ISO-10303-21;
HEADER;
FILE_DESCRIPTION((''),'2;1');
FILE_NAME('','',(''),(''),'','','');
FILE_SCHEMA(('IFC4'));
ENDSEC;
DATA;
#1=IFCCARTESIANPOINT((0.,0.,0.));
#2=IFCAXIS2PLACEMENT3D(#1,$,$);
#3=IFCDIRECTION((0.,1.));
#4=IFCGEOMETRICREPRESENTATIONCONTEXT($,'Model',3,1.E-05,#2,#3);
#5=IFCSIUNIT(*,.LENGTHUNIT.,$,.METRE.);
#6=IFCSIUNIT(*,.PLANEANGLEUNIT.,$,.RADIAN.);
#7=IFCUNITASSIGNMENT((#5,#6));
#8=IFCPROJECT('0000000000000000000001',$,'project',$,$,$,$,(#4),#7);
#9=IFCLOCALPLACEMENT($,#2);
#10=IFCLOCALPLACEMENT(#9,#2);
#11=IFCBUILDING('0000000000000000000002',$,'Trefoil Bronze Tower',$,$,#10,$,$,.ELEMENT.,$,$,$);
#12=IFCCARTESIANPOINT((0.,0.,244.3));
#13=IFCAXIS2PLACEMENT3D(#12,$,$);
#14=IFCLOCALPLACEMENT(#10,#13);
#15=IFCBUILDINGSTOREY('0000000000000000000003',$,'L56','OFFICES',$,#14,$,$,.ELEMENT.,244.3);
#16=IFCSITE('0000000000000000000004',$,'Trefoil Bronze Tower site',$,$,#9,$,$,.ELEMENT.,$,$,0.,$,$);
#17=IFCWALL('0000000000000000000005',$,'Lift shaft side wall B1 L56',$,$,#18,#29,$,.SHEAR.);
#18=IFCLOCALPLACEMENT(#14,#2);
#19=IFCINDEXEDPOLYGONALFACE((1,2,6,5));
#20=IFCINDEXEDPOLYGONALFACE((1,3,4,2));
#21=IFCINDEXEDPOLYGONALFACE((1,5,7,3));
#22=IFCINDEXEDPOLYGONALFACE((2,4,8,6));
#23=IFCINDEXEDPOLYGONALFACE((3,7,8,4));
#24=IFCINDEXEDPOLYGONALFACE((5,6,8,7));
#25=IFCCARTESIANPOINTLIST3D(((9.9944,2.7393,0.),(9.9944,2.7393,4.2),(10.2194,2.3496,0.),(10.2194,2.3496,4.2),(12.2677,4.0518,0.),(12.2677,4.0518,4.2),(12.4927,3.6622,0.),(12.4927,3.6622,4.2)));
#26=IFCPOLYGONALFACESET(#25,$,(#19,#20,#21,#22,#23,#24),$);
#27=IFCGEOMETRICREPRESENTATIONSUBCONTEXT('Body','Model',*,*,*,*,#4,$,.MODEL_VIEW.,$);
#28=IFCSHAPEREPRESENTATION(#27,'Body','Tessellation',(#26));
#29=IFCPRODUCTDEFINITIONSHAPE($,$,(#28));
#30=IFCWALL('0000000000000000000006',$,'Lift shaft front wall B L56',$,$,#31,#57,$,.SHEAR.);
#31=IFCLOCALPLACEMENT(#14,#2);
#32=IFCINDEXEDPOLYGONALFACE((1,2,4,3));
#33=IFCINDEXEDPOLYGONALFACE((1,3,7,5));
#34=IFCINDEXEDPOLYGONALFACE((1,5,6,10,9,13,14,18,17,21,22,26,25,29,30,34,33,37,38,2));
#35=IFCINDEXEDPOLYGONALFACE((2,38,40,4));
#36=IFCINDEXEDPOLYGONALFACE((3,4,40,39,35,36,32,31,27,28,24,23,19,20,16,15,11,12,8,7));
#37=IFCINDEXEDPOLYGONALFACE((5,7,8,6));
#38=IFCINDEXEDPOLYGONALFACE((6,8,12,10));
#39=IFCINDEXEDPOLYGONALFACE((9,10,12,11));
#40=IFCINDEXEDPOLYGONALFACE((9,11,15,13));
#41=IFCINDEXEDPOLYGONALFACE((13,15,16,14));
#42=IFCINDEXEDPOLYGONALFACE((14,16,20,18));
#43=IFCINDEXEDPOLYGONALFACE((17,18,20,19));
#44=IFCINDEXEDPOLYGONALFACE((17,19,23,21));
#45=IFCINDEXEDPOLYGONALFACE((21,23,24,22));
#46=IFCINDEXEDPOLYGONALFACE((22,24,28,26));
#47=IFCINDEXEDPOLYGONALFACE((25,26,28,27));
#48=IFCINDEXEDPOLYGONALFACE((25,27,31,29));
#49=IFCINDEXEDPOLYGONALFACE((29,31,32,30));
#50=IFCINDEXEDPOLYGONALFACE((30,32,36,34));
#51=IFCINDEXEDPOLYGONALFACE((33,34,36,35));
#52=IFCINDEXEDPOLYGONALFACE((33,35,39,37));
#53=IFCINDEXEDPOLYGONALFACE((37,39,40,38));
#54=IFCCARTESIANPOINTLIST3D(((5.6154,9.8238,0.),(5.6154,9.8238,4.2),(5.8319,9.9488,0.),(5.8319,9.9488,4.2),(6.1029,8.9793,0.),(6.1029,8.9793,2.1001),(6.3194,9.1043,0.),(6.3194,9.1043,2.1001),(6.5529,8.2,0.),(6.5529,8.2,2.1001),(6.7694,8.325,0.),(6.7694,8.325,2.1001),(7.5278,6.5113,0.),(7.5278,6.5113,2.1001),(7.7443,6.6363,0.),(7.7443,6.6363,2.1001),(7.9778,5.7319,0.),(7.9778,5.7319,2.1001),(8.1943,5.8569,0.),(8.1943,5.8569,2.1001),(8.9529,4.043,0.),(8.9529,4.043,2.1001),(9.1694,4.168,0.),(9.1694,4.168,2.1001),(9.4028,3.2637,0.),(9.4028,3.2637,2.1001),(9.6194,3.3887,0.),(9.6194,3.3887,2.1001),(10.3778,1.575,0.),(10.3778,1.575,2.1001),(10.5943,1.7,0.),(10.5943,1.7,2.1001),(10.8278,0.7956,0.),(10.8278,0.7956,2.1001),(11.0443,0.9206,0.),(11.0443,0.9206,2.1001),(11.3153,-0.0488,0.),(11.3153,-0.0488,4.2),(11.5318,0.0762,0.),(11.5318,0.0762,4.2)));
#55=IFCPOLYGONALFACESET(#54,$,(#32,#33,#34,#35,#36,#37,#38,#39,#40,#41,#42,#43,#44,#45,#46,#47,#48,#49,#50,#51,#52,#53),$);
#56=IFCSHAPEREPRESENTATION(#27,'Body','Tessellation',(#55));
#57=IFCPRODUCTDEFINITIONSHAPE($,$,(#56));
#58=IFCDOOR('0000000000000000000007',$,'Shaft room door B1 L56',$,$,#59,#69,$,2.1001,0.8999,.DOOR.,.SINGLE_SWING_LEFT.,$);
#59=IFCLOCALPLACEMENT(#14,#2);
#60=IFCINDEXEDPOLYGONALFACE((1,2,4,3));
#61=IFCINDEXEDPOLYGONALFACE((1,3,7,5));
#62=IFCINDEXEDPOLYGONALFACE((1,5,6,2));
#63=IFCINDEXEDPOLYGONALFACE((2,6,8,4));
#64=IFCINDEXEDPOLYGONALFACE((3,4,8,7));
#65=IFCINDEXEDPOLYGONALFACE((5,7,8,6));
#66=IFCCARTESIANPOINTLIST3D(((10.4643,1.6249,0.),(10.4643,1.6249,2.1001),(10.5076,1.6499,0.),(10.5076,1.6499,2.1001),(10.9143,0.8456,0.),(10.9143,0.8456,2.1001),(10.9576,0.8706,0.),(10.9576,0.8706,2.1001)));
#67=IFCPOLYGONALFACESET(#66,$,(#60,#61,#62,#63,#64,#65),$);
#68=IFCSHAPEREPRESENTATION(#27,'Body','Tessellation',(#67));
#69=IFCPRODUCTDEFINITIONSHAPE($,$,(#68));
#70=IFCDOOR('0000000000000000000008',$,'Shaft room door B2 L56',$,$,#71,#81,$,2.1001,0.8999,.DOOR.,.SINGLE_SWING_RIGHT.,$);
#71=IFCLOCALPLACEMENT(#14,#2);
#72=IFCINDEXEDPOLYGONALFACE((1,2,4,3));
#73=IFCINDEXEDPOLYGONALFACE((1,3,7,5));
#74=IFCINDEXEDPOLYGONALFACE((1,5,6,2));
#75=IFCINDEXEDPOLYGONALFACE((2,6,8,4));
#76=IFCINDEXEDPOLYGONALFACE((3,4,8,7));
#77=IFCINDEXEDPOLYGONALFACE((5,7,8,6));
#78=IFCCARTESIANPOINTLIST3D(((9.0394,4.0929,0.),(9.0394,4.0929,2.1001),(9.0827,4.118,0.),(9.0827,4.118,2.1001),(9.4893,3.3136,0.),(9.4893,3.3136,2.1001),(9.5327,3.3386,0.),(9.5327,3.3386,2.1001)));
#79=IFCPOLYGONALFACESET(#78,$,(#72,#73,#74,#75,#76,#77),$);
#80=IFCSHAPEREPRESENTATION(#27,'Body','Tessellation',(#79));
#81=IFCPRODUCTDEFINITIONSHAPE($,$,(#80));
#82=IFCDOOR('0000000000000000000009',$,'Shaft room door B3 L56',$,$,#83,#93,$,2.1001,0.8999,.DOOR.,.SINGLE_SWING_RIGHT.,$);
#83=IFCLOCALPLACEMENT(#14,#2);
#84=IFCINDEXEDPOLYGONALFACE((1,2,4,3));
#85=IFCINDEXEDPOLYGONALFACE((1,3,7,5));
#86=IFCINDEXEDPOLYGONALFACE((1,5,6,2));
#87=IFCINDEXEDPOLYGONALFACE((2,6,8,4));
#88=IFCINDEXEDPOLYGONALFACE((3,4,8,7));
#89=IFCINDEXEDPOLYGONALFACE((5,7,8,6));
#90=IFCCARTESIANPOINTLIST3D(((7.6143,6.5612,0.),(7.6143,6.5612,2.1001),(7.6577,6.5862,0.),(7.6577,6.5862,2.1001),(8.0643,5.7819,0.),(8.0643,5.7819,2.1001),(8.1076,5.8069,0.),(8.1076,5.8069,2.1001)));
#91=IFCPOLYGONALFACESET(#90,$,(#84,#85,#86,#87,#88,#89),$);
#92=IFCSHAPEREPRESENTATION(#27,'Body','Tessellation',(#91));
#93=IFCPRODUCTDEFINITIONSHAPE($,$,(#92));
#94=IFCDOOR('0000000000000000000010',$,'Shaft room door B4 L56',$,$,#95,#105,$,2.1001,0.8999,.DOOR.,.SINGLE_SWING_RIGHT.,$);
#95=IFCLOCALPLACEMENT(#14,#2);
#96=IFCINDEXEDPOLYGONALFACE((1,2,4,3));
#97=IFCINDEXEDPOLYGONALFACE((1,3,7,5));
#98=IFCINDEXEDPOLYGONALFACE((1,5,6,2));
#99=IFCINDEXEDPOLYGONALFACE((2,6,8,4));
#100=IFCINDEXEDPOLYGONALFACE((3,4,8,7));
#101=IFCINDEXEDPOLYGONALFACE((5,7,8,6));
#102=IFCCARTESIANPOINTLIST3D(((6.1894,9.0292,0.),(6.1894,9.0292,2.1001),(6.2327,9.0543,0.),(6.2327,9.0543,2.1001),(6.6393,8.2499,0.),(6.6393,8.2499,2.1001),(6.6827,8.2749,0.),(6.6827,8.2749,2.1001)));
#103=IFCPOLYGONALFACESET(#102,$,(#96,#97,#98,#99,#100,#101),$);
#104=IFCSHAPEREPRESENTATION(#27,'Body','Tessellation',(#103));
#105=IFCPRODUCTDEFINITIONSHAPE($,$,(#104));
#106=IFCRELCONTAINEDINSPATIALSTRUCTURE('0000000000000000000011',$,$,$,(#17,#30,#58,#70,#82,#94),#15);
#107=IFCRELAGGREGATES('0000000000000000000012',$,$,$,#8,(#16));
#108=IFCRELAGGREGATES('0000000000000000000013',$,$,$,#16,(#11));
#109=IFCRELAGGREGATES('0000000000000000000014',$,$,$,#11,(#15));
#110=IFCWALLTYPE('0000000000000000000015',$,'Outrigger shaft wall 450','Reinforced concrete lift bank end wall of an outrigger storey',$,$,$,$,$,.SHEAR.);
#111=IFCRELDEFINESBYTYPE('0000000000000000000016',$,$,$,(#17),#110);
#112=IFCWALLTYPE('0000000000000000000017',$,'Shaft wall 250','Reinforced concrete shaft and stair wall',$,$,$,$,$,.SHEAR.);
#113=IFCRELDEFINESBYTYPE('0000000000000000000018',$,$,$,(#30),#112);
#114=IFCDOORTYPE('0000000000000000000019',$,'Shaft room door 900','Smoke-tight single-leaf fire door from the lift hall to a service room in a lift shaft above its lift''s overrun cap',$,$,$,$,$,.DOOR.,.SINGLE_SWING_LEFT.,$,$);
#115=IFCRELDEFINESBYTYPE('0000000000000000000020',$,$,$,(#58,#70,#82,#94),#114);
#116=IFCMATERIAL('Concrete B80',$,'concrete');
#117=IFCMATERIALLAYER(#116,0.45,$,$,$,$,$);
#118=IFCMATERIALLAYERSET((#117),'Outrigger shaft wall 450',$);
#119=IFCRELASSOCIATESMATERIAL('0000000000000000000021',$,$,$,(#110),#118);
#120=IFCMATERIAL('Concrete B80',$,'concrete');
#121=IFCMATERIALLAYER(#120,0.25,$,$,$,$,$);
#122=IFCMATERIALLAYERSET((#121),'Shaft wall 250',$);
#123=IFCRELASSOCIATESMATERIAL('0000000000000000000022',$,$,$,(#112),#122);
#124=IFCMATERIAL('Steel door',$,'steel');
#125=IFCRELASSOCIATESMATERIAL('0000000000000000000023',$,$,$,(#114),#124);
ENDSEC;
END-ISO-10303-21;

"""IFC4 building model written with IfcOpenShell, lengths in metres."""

from ifc_helpers import new_model, si_unit, direction, frame, frame_2d, origin, place, context, subcontext, project, spatial, rectangle, extrude, material, layer, layer_set, type_object, element, fill, save


model = new_model("IFC4")

# Units and contexts
model_context = context("Model", 3, precision=1e-05, world=origin(), true_north=direction((0.0, 1.0)))
body_context = subcontext(model_context, "Body", "Model", "MODEL_VIEW")
ifc_project = project(units=[si_unit("LENGTHUNIT", "METRE"), si_unit("PLANEANGLEUNIT", "RADIAN")], contexts=[model_context])

# Site, building, storey
site_placement = place(None, origin())
site = spatial("IfcSite", under=ifc_project, at=site_placement, Name="Trefoil Bronze Tower site", CompositionType="ELEMENT", RefElevation=0.0)
building_placement = place(site_placement, origin())
building = spatial("IfcBuilding", under=site, at=building_placement, Name="Trefoil Bronze Tower", CompositionType="ELEMENT")
storey_placement = place(building_placement, frame((0.0, 0.0, 244.3)))
storey = spatial("IfcBuildingStorey", under=building, at=storey_placement, Name="L56", Description="OFFICES", CompositionType="ELEMENT", Elevation=244.3)

# Wall
ifc_material_1 = material(Name="Concrete B80", Category="concrete")
ifc_layer_1 = layer(ifc_material_1, 0.45)
ifc_layer_set_1 = layer_set([ifc_layer_1], Name="Outrigger shaft wall 450")
wall_type_1 = type_object("IfcWallType", Name="Outrigger shaft wall 450", Description="Reinforced concrete lift bank end wall of an outrigger storey", PredefinedType="SHEAR", material=ifc_layer_set_1)
for number, where, z_axis, x_axis, name in (
    (1, (10.1069, 2.5444, 0.0), (0.0, 0.0, 1.0), (0.866014, 0.50002, 0.0), "Lift shaft side wall B1 L56"),
):
    element("IfcWall", number, at=place(storey_placement, frame(where, z_axis=z_axis, x_axis=x_axis)), inside=storey, type_object=wall_type_1, Name=name, PredefinedType="SHEAR", context=body_context, shape_type="SweptSolid", body=[
        extrude(rectangle(XDim=2.625, YDim=0.45, at=frame_2d((1.3125, 0.0))), origin(), (0.0, 0.0, 1.0), 4.2),
    ])

# Wall, openings, doors
ifc_material_2 = material(Name="Concrete B80", Category="concrete")
ifc_layer_2 = layer(ifc_material_2, 0.25)
ifc_layer_set_2 = layer_set([ifc_layer_2], Name="Shaft wall 250")
wall_type_2 = type_object("IfcWallType", Name="Shaft wall 250", Description="Reinforced concrete shaft and stair wall", PredefinedType="SHEAR", material=ifc_layer_set_2)
wall_1_placement = place(storey_placement, frame((11.4236, 0.0137, 0.0), z_axis=(0.0, 0.0, 1.0), x_axis=(-0.500002, 0.866024, 0.0)))
wall_1 = element("IfcWall", 2, at=wall_1_placement, inside=storey, type_object=wall_type_2, Name="Lift shaft front wall B L56", PredefinedType="SHEAR", context=body_context, shape_type="SweptSolid", body=[
    extrude(rectangle(XDim=11.3999, YDim=0.25, at=frame_2d((5.7, 0.0))), origin(), (0.0, 0.0, 1.0), 4.2),
])
opening_1_placement = place(wall_1_placement, frame((0.9751, 0.0, 0.0)))
opening_1 = element("IfcOpeningElement", 3, at=opening_1_placement, cuts=wall_1, PredefinedType="OPENING", context=body_context, shape_type="SweptSolid", body=[
    extrude(rectangle(XDim=0.8999, YDim=2.1001, at=frame_2d((0.45, 1.05))), frame((0.0, 0.135, 0.0), z_axis=(0.0, -1.0, 0.0), x_axis=(1.0, 0.0, 0.0)), (0.0, 0.0, 1.0), 0.27),
])
opening_2_placement = place(wall_1_placement, frame((3.825, 0.0, 0.0)))
opening_2 = element("IfcOpeningElement", 4, at=opening_2_placement, cuts=wall_1, PredefinedType="OPENING", context=body_context, shape_type="SweptSolid", body=[
    extrude(rectangle(XDim=0.8999, YDim=2.1001, at=frame_2d((0.45, 1.05))), frame((0.0, 0.135, 0.0), z_axis=(0.0, -1.0, 0.0), x_axis=(1.0, 0.0, 0.0)), (0.0, 0.0, 1.0), 0.27),
])
opening_3_placement = place(wall_1_placement, frame((6.675, 0.0, 0.0)))
opening_3 = element("IfcOpeningElement", 5, at=opening_3_placement, cuts=wall_1, PredefinedType="OPENING", context=body_context, shape_type="SweptSolid", body=[
    extrude(rectangle(XDim=0.8999, YDim=2.1001, at=frame_2d((0.45, 1.05))), frame((0.0, 0.135, 0.0), z_axis=(0.0, -1.0, 0.0), x_axis=(1.0, 0.0, 0.0)), (0.0, 0.0, 1.0), 0.27),
])
opening_4_placement = place(wall_1_placement, frame((9.5249, 0.0, 0.0)))
opening_4 = element("IfcOpeningElement", 6, at=opening_4_placement, cuts=wall_1, PredefinedType="OPENING", context=body_context, shape_type="SweptSolid", body=[
    extrude(rectangle(XDim=0.8999, YDim=2.1001, at=frame_2d((0.45, 1.05))), frame((0.0, 0.135, 0.0), z_axis=(0.0, -1.0, 0.0), x_axis=(1.0, 0.0, 0.0)), (0.0, 0.0, 1.0), 0.27),
])
ifc_material_3 = material(Name="Steel door", Category="steel")
door_type_1 = type_object("IfcDoorType", Name="Shaft room door 900", Description="Smoke-tight single-leaf fire door from the lift hall to a service room in a lift shaft above its lift's overrun cap", OperationType="SINGLE_SWING_LEFT", PredefinedType="DOOR", material=ifc_material_3)
door_1_placement = place(opening_1_placement, frame((0.8999, 0.0, 0.0), z_axis=(0.0, 0.0, 1.0), x_axis=(-1.0, 0.0, 0.0)))
door_1 = element("IfcDoor", 7, at=door_1_placement, inside=storey, type_object=door_type_1, Name="Shaft room door B1 L56", OperationType="SINGLE_SWING_LEFT", OverallHeight=2.1001, OverallWidth=0.8999, PredefinedType="DOOR", context=body_context, shape_type="SweptSolid", body=[
    extrude(rectangle(XDim=0.8999, YDim=2.1001, at=frame_2d((0.45, 1.05))), frame((0.0, 0.0249, 0.0), z_axis=(0.0, -1.0, 0.0), x_axis=(1.0, 0.0, 0.0)), (0.0, 0.0, 1.0), 0.05),
])
fill(opening_1, door_1)
door_2_placement = place(opening_2_placement, frame((0.8999, 0.0, 0.0), z_axis=(0.0, 0.0, 1.0), x_axis=(-1.0, 0.0, 0.0)))
door_2 = element("IfcDoor", 8, at=door_2_placement, inside=storey, type_object=door_type_1, Name="Shaft room door B2 L56", OperationType="SINGLE_SWING_RIGHT", OverallHeight=2.1001, OverallWidth=0.8999, PredefinedType="DOOR", context=body_context, shape_type="SweptSolid", body=[
    extrude(rectangle(XDim=0.8999, YDim=2.1001, at=frame_2d((0.45, 1.05))), frame((0.0, 0.0249, 0.0), z_axis=(0.0, -1.0, 0.0), x_axis=(1.0, 0.0, 0.0)), (0.0, 0.0, 1.0), 0.05),
])
fill(opening_2, door_2)
door_3_placement = place(opening_3_placement, frame((0.8999, 0.0, 0.0), z_axis=(0.0, 0.0, 1.0), x_axis=(-1.0, 0.0, 0.0)))
door_3 = element("IfcDoor", 9, at=door_3_placement, inside=storey, type_object=door_type_1, Name="Shaft room door B3 L56", OperationType="SINGLE_SWING_RIGHT", OverallHeight=2.1001, OverallWidth=0.8999, PredefinedType="DOOR", context=body_context, shape_type="SweptSolid", body=[
    extrude(rectangle(XDim=0.8999, YDim=2.1001, at=frame_2d((0.45, 1.05))), frame((0.0, 0.0249, 0.0), z_axis=(0.0, -1.0, 0.0), x_axis=(1.0, 0.0, 0.0)), (0.0, 0.0, 1.0), 0.05),
])
fill(opening_3, door_3)
door_4_placement = place(opening_4_placement, frame((0.8999, 0.0, 0.0), z_axis=(0.0, 0.0, 1.0), x_axis=(-1.0, 0.0, 0.0)))
door_4 = element("IfcDoor", 10, at=door_4_placement, inside=storey, type_object=door_type_1, Name="Shaft room door B4 L56", OperationType="SINGLE_SWING_RIGHT", OverallHeight=2.1001, OverallWidth=0.8999, PredefinedType="DOOR", context=body_context, shape_type="SweptSolid", body=[
    extrude(rectangle(XDim=0.8999, YDim=2.1001, at=frame_2d((0.45, 1.05))), frame((0.0, 0.0249, 0.0), z_axis=(0.0, -1.0, 0.0), x_axis=(1.0, 0.0, 0.0)), (0.0, 0.0, 1.0), 0.05),
])
fill(opening_4, door_4)

save(model, "model.ifc")
